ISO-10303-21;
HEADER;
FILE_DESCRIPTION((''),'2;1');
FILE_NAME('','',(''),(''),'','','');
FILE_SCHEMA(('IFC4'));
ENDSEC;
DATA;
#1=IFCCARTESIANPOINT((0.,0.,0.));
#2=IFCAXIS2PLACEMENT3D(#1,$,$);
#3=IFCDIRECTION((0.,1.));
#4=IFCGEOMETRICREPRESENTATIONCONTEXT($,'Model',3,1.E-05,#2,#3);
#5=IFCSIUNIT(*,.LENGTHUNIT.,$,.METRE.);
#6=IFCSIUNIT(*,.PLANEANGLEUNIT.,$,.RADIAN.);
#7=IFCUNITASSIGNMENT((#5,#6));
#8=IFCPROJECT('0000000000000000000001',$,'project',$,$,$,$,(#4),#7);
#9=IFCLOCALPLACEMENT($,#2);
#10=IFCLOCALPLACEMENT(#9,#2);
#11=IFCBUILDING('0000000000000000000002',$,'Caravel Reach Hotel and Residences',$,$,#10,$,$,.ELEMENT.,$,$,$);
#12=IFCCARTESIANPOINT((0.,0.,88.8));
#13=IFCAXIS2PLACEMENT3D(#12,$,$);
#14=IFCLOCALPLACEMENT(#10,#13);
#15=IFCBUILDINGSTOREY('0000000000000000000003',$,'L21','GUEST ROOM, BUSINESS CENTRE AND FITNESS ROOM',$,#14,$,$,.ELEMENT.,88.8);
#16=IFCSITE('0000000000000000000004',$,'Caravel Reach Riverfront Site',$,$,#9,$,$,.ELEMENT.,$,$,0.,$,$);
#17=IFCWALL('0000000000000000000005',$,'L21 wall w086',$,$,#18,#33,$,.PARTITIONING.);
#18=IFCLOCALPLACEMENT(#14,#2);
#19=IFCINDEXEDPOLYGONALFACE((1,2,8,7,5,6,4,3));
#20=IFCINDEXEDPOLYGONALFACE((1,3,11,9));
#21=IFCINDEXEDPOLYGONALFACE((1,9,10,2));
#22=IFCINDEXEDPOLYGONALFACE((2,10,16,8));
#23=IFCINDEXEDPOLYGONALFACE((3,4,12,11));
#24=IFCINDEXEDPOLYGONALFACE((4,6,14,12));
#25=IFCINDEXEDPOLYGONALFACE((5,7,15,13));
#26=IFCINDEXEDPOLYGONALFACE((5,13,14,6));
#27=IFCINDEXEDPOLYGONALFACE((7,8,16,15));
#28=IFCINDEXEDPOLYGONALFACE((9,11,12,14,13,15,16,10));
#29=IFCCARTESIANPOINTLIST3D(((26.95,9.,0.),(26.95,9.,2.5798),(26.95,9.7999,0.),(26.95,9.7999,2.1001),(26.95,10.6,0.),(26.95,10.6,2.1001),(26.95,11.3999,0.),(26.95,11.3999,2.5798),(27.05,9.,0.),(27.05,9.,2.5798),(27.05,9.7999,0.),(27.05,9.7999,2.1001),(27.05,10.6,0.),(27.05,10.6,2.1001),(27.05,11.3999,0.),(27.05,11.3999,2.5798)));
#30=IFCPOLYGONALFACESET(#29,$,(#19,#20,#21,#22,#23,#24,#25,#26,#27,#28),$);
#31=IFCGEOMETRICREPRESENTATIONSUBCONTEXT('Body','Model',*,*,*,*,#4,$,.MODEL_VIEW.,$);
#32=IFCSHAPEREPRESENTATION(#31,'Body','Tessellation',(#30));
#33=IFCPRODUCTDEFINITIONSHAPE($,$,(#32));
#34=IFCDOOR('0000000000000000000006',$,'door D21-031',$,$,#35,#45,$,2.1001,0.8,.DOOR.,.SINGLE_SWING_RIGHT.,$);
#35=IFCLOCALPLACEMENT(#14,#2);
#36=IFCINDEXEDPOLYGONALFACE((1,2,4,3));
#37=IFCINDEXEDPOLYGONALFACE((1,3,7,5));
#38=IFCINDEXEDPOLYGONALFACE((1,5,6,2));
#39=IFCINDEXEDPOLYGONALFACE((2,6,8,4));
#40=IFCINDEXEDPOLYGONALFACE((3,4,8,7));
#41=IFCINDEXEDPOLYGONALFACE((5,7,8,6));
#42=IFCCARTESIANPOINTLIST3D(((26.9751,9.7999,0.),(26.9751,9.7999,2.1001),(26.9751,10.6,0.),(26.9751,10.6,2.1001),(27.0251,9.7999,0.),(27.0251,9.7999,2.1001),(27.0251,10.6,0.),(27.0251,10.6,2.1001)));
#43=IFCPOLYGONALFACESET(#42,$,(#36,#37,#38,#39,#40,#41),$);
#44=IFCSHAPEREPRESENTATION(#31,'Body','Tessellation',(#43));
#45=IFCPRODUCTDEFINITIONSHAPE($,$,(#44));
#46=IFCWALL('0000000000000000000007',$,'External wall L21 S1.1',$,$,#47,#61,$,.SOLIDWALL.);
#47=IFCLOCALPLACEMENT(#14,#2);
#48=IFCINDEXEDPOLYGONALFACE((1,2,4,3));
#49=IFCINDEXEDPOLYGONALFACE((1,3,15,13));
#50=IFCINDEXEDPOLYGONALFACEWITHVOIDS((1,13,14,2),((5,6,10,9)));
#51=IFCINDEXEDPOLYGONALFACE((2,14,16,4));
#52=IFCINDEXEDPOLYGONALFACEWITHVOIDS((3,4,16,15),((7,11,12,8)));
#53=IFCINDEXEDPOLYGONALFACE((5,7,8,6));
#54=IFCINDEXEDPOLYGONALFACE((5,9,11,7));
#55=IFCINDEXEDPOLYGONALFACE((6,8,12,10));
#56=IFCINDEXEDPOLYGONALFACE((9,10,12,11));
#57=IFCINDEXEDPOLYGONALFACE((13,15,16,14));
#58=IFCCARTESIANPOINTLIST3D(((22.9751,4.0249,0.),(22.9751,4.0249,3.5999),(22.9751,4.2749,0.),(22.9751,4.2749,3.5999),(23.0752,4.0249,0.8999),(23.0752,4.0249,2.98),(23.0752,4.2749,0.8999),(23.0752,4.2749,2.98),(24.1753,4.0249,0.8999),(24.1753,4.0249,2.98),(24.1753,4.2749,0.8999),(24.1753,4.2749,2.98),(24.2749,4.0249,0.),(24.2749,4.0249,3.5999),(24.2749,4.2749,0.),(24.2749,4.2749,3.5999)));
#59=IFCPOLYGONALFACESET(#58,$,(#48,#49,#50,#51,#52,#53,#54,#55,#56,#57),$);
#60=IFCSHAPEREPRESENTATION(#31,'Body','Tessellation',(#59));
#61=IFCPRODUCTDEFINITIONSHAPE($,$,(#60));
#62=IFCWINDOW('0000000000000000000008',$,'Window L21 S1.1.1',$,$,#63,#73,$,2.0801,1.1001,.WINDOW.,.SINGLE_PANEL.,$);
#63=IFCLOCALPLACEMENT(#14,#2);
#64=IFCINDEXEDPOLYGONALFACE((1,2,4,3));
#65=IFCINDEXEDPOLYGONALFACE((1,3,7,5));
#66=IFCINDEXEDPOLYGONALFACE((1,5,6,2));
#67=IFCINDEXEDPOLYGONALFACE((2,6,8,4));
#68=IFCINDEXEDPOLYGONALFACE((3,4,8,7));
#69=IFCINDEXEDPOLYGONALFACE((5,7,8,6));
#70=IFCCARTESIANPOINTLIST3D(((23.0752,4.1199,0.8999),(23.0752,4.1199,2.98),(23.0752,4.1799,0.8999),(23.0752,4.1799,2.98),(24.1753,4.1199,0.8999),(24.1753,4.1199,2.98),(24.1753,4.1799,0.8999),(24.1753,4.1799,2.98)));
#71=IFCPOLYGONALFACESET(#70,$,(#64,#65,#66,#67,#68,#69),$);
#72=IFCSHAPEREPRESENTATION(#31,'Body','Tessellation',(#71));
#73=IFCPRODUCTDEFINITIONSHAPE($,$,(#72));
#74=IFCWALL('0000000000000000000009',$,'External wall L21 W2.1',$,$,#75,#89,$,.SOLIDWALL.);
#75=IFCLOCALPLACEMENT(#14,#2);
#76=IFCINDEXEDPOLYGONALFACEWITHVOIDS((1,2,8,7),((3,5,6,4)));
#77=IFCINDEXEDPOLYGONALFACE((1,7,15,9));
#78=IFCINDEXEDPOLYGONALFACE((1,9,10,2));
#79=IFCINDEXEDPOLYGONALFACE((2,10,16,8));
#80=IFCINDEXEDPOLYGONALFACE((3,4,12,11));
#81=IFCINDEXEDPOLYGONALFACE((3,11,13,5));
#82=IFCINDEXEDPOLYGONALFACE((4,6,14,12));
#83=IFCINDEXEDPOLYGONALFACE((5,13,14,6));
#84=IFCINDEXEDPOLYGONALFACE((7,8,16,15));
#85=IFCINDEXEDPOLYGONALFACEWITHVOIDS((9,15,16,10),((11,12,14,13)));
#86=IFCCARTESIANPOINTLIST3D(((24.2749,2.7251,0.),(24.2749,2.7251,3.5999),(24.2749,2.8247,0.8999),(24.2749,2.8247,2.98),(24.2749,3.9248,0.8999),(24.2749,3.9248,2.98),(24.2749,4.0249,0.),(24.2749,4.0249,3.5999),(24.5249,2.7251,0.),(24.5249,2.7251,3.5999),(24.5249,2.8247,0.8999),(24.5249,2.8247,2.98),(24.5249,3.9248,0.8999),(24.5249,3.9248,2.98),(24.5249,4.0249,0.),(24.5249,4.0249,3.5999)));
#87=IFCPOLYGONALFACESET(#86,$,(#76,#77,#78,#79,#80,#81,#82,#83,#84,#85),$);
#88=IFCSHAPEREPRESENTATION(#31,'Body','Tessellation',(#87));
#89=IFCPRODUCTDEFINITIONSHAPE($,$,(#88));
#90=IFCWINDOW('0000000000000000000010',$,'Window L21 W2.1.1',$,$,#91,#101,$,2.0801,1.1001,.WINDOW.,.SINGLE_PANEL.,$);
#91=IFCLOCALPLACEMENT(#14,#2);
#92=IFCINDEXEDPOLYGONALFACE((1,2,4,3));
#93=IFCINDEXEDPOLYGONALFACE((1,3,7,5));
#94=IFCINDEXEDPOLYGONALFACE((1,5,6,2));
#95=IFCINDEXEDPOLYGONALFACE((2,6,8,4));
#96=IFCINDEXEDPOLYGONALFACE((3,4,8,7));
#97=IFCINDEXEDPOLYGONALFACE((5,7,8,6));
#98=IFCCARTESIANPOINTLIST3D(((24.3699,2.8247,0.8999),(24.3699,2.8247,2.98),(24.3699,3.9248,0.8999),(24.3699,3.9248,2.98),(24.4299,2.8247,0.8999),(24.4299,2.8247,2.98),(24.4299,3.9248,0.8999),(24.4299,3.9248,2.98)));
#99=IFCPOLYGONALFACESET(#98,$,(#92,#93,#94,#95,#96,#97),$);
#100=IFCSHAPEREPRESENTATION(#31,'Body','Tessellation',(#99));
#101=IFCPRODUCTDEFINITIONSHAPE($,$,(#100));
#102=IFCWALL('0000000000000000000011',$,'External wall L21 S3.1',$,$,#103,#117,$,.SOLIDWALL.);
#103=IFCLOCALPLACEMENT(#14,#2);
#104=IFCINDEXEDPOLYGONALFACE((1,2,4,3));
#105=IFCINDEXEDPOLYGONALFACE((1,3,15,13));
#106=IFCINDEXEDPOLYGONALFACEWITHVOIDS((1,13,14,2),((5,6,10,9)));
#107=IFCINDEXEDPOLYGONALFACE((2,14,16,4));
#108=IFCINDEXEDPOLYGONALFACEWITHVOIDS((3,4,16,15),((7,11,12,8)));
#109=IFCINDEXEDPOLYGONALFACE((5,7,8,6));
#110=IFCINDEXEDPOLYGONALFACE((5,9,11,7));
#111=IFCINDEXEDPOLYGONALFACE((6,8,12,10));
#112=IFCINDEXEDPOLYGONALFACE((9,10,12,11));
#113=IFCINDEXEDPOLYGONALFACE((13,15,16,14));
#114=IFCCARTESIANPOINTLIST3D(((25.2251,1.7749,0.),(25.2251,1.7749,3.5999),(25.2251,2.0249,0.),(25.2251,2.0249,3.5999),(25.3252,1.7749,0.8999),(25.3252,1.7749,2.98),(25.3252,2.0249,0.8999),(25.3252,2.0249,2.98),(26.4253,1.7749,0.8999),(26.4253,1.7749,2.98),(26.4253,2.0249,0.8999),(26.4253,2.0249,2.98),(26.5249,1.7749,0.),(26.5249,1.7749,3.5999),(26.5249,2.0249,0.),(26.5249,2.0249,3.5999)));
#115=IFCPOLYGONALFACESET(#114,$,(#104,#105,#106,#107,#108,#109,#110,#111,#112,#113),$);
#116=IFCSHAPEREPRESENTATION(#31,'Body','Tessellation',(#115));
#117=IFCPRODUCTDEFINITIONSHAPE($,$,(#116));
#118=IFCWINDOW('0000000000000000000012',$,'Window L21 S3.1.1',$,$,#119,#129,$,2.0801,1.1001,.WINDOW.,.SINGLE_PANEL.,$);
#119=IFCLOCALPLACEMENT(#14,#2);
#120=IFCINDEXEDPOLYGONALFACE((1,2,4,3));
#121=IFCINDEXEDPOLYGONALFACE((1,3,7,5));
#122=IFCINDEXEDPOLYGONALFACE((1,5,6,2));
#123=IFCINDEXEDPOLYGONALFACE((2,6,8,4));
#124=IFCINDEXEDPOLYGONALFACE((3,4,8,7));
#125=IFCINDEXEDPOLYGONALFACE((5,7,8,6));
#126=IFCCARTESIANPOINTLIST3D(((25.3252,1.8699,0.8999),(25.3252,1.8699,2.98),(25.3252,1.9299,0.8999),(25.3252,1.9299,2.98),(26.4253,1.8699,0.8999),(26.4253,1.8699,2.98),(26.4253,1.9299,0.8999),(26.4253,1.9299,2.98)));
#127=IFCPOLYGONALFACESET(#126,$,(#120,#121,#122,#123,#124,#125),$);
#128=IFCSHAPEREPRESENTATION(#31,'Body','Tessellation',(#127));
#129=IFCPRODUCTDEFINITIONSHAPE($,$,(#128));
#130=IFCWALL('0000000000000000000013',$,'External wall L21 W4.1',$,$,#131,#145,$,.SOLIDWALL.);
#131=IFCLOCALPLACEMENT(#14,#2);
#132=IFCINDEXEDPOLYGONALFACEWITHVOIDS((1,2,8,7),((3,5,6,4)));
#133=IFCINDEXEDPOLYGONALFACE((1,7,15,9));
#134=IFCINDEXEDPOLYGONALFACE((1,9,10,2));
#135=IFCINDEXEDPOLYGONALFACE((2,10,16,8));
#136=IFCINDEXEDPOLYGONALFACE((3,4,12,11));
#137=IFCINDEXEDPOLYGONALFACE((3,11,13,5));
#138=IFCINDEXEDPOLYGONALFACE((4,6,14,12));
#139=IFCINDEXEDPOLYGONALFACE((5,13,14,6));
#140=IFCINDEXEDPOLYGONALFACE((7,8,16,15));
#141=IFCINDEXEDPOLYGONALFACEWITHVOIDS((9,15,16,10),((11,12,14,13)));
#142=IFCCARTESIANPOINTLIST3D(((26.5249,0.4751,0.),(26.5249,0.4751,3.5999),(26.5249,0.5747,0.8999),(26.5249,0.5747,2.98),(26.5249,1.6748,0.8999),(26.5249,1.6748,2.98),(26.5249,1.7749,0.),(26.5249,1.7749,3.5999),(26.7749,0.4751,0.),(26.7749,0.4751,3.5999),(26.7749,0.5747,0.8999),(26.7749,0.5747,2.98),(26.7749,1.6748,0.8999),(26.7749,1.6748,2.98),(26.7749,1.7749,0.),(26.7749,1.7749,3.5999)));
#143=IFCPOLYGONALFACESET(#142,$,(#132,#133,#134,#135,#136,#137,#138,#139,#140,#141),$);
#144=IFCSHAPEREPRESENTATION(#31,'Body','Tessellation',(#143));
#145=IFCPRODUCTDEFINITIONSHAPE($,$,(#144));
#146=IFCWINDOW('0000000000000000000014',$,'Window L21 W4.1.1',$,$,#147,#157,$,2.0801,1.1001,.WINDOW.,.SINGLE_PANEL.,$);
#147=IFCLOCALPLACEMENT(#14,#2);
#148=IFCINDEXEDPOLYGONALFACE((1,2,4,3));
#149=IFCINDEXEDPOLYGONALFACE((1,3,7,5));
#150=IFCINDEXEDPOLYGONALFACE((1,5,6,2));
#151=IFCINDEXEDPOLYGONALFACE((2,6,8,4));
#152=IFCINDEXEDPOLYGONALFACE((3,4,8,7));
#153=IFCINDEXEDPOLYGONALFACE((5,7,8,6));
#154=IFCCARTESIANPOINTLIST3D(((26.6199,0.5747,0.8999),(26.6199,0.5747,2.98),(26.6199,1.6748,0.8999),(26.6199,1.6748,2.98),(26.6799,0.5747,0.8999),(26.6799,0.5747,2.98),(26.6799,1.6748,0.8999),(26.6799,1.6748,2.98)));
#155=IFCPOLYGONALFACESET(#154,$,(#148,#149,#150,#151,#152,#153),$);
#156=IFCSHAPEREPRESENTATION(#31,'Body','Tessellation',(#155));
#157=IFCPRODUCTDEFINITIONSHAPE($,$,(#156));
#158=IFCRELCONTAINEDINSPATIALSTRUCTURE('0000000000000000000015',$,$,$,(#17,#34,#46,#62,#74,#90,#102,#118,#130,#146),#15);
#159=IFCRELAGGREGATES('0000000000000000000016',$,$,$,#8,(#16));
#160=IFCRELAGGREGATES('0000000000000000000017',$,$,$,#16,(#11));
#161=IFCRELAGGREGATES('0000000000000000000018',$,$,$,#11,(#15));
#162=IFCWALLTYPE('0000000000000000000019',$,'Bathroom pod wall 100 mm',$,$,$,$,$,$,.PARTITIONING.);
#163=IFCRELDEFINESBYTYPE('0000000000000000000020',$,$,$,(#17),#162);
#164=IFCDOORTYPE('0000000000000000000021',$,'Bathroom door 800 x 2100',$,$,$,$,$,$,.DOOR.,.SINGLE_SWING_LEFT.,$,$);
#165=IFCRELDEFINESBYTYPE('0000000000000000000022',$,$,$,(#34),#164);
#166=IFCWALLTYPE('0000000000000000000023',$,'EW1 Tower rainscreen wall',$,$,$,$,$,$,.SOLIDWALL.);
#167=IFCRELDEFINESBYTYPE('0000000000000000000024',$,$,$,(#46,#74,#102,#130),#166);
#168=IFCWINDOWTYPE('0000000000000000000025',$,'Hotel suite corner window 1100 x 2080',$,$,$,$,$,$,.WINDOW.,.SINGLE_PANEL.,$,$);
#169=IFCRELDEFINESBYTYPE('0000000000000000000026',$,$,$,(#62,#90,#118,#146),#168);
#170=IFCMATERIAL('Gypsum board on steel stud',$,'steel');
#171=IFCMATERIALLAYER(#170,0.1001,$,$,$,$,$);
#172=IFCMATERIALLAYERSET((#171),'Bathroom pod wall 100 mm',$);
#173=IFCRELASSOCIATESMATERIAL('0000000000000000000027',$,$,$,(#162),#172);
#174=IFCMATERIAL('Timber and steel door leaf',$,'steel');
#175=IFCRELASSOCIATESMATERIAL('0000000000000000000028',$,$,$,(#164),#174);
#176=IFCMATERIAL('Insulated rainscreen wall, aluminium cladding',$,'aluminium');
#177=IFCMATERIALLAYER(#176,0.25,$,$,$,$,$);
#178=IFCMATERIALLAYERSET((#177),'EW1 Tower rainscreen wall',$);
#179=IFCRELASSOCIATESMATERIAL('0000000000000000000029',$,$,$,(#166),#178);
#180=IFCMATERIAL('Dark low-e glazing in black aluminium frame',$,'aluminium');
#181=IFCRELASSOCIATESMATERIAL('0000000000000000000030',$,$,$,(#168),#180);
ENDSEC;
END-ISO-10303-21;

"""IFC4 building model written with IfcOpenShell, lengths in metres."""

from ifc_helpers import new_model, si_unit, direction, frame, frame_2d, origin, place, context, subcontext, project, spatial, rectangle, extrude, material, layer, layer_set, type_object, element, fill, save


model = new_model("IFC4")

# Units and contexts
model_context = context("Model", 3, precision=1e-05, world=origin(), true_north=direction((0.0, 1.0)))
body_context = subcontext(model_context, "Body", "Model", "MODEL_VIEW")
ifc_project = project(units=[si_unit("LENGTHUNIT", "METRE"), si_unit("PLANEANGLEUNIT", "RADIAN")], contexts=[model_context])

# Site, building, storey
site_placement = place(None, origin())
site = spatial("IfcSite", under=ifc_project, at=site_placement, Name="Caravel Reach Riverfront Site", CompositionType="ELEMENT", RefElevation=0.0)
building_placement = place(site_placement, origin())
building = spatial("IfcBuilding", under=site, at=building_placement, Name="Caravel Reach Hotel and Residences", CompositionType="ELEMENT")
storey_placement = place(building_placement, frame((0.0, 0.0, 88.8)))
storey = spatial("IfcBuildingStorey", under=building, at=storey_placement, Name="L21", Description="GUEST ROOM, BUSINESS CENTRE AND FITNESS ROOM", CompositionType="ELEMENT", Elevation=88.8)

# Shared definitions
ifc_material_1 = material(Name="Gypsum board on steel stud", Category="steel")
ifc_layer_1 = layer(ifc_material_1, 0.1001)
ifc_layer_set_1 = layer_set([ifc_layer_1], Name="Bathroom pod wall 100 mm")
wall_type_1 = type_object("IfcWallType", Name="Bathroom pod wall 100 mm", PredefinedType="PARTITIONING", material=ifc_layer_set_1)

# Wall, opening, door
wall_1_placement = place(storey_placement, frame((27.0, 9.0, 0.0), z_axis=(0.0, 0.0, 1.0), x_axis=(0.0, 1.0, 0.0)))
wall_1 = element("IfcWall", 1, at=wall_1_placement, inside=storey, type_object=wall_type_1, Name="L21 wall w086", PredefinedType="PARTITIONING", context=body_context, shape_type="SweptSolid", body=[
    extrude(rectangle(XDim=2.3999, YDim=0.1001, at=frame_2d((1.2, 0.0))), origin(), (0.0, 0.0, 1.0), 2.5798),
])
opening_1_placement = place(wall_1_placement, frame((0.8, 0.0, 0.0)))
opening_1 = element("IfcOpeningElement", 2, at=opening_1_placement, cuts=wall_1, PredefinedType="OPENING", context=body_context, shape_type="SweptSolid", body=[
    extrude(rectangle(XDim=0.8, YDim=2.1001, at=frame_2d((0.3999, 1.05))), frame((0.0, 0.0601, 0.0), z_axis=(0.0, -1.0, 0.0), x_axis=(1.0, 0.0, 0.0)), (0.0, 0.0, 1.0), 0.1201),
])
ifc_material_2 = material(Name="Timber and steel door leaf", Category="steel")
door_type = type_object("IfcDoorType", Name="Bathroom door 800 x 2100", OperationType="SINGLE_SWING_LEFT", PredefinedType="DOOR", material=ifc_material_2)
door_placement = place(opening_1_placement, origin())
door = element("IfcDoor", 3, at=door_placement, inside=storey, type_object=door_type, Name="door D21-031", OperationType="SINGLE_SWING_RIGHT", OverallHeight=2.1001, OverallWidth=0.8, PredefinedType="DOOR", context=body_context, shape_type="SweptSolid", body=[
    extrude(rectangle(XDim=0.8, YDim=2.1001, at=frame_2d((0.3999, 1.05))), frame((0.0, 0.0249, 0.0), z_axis=(0.0, -1.0, 0.0), x_axis=(1.0, 0.0, 0.0)), (0.0, 0.0, 1.0), 0.05),
])
fill(opening_1, door)

# Walls, openings, windows
ifc_material_3 = material(Name="Insulated rainscreen wall, aluminium cladding", Category="aluminium")
ifc_layer_2 = layer(ifc_material_3, 0.25)
ifc_layer_set_2 = layer_set([ifc_layer_2], Name="EW1 Tower rainscreen wall")
wall_type_2 = type_object("IfcWallType", Name="EW1 Tower rainscreen wall", PredefinedType="SOLIDWALL", material=ifc_layer_set_2)
wall_2_placement = place(storey_placement, frame((22.9751, 4.1499, 0.0), z_axis=(0.0, 0.0, 1.0), x_axis=(1.0, 0.0, 0.0)))
wall_2 = element("IfcWall", 4, at=wall_2_placement, inside=storey, type_object=wall_type_2, Name="External wall L21 S1.1", PredefinedType="SOLIDWALL", context=body_context, shape_type="SweptSolid", body=[
    extrude(rectangle(XDim=1.2998, YDim=0.25, at=frame_2d((0.6499, 0.0))), origin(), (0.0, 0.0, 1.0), 3.5999),
])
opening_2_placement = place(wall_2_placement, frame((0.1001, 0.0, 0.8999)))
opening_2 = element("IfcOpeningElement", 5, at=opening_2_placement, cuts=wall_2, PredefinedType="OPENING", context=body_context, shape_type="SweptSolid", body=[
    extrude(rectangle(XDim=1.1001, YDim=2.0801, at=frame_2d((0.55, 1.04))), frame((0.0, 0.135, 0.0), z_axis=(0.0, -1.0, 0.0), x_axis=(1.0, 0.0, 0.0)), (0.0, 0.0, 1.0), 0.27),
])
ifc_material_4 = material(Name="Dark low-e glazing in black aluminium frame", Category="aluminium")
window_type_1 = type_object("IfcWindowType", Name="Hotel suite corner window 1100 x 2080", PartitioningType="SINGLE_PANEL", PredefinedType="WINDOW", material=ifc_material_4)
window_1_placement = place(opening_2_placement, origin())
window_1 = element("IfcWindow", 6, at=window_1_placement, inside=storey, type_object=window_type_1, Name="Window L21 S1.1.1", OverallHeight=2.0801, OverallWidth=1.1001, PartitioningType="SINGLE_PANEL", PredefinedType="WINDOW", context=body_context, shape_type="SweptSolid", body=[
    extrude(rectangle(XDim=1.1001, YDim=2.0801, at=frame_2d((0.55, 1.04))), frame((0.0, 0.03, 0.0), z_axis=(0.0, -1.0, 0.0), x_axis=(1.0, 0.0, 0.0)), (0.0, 0.0, 1.0), 0.0601),
])
fill(opening_2, window_1)
wall_3_placement = place(storey_placement, frame((24.3999, 4.0249, 0.0), z_axis=(0.0, 0.0, 1.0), x_axis=(0.0, -1.0, 0.0)))
wall_3 = element("IfcWall", 7, at=wall_3_placement, inside=storey, type_object=wall_type_2, Name="External wall L21 W2.1", PredefinedType="SOLIDWALL", context=body_context, shape_type="SweptSolid", body=[
    extrude(rectangle(XDim=1.2998, YDim=0.25, at=frame_2d((0.6499, 0.0))), origin(), (0.0, 0.0, 1.0), 3.5999),
])
opening_3_placement = place(wall_3_placement, frame((0.1001, 0.0, 0.8999)))
opening_3 = element("IfcOpeningElement", 8, at=opening_3_placement, cuts=wall_3, PredefinedType="OPENING", context=body_context, shape_type="SweptSolid", body=[
    extrude(rectangle(XDim=1.1001, YDim=2.0801, at=frame_2d((0.55, 1.04))), frame((0.0, 0.135, 0.0), z_axis=(0.0, -1.0, 0.0), x_axis=(1.0, 0.0, 0.0)), (0.0, 0.0, 1.0), 0.27),
])
window_2_placement = place(opening_3_placement, origin())
window_2 = element("IfcWindow", 9, at=window_2_placement, inside=storey, type_object=window_type_1, Name="Window L21 W2.1.1", OverallHeight=2.0801, OverallWidth=1.1001, PartitioningType="SINGLE_PANEL", PredefinedType="WINDOW", context=body_context, shape_type="SweptSolid", body=[
    extrude(rectangle(XDim=1.1001, YDim=2.0801, at=frame_2d((0.55, 1.04))), frame((0.0, 0.03, 0.0), z_axis=(0.0, -1.0, 0.0), x_axis=(1.0, 0.0, 0.0)), (0.0, 0.0, 1.0), 0.0601),
])
fill(opening_3, window_2)
wall_4_placement = place(storey_placement, frame((25.2251, 1.8999, 0.0), z_axis=(0.0, 0.0, 1.0), x_axis=(1.0, 0.0, 0.0)))
wall_4 = element("IfcWall", 10, at=wall_4_placement, inside=storey, type_object=wall_type_2, Name="External wall L21 S3.1", PredefinedType="SOLIDWALL", context=body_context, shape_type="SweptSolid", body=[
    extrude(rectangle(XDim=1.2998, YDim=0.25, at=frame_2d((0.6499, 0.0))), origin(), (0.0, 0.0, 1.0), 3.5999),
])
opening_4_placement = place(wall_4_placement, frame((0.1001, 0.0, 0.8999)))
opening_4 = element("IfcOpeningElement", 11, at=opening_4_placement, cuts=wall_4, PredefinedType="OPENING", context=body_context, shape_type="SweptSolid", body=[
    extrude(rectangle(XDim=1.1001, YDim=2.0801, at=frame_2d((0.55, 1.04))), frame((0.0, 0.135, 0.0), z_axis=(0.0, -1.0, 0.0), x_axis=(1.0, 0.0, 0.0)), (0.0, 0.0, 1.0), 0.27),
])
window_3_placement = place(opening_4_placement, origin())
window_3 = element("IfcWindow", 12, at=window_3_placement, inside=storey, type_object=window_type_1, Name="Window L21 S3.1.1", OverallHeight=2.0801, OverallWidth=1.1001, PartitioningType="SINGLE_PANEL", PredefinedType="WINDOW", context=body_context, shape_type="SweptSolid", body=[
    extrude(rectangle(XDim=1.1001, YDim=2.0801, at=frame_2d((0.55, 1.04))), frame((0.0, 0.03, 0.0), z_axis=(0.0, -1.0, 0.0), x_axis=(1.0, 0.0, 0.0)), (0.0, 0.0, 1.0), 0.0601),
])
fill(opening_4, window_3)
wall_5_placement = place(storey_placement, frame((26.6499, 1.7749, 0.0), z_axis=(0.0, 0.0, 1.0), x_axis=(0.0, -1.0, 0.0)))
wall_5 = element("IfcWall", 13, at=wall_5_placement, inside=storey, type_object=wall_type_2, Name="External wall L21 W4.1", PredefinedType="SOLIDWALL", context=body_context, shape_type="SweptSolid", body=[
    extrude(rectangle(XDim=1.2998, YDim=0.25, at=frame_2d((0.6499, 0.0))), origin(), (0.0, 0.0, 1.0), 3.5999),
])
opening_5_placement = place(wall_5_placement, frame((0.1001, 0.0, 0.8999)))
opening_5 = element("IfcOpeningElement", 14, at=opening_5_placement, cuts=wall_5, PredefinedType="OPENING", context=body_context, shape_type="SweptSolid", body=[
    extrude(rectangle(XDim=1.1001, YDim=2.0801, at=frame_2d((0.55, 1.04))), frame((0.0, 0.135, 0.0), z_axis=(0.0, -1.0, 0.0), x_axis=(1.0, 0.0, 0.0)), (0.0, 0.0, 1.0), 0.27),
])
window_4_placement = place(opening_5_placement, origin())
window_4 = element("IfcWindow", 15, at=window_4_placement, inside=storey, type_object=window_type_1, Name="Window L21 W4.1.1", OverallHeight=2.0801, OverallWidth=1.1001, PartitioningType="SINGLE_PANEL", PredefinedType="WINDOW", context=body_context, shape_type="SweptSolid", body=[
    extrude(rectangle(XDim=1.1001, YDim=2.0801, at=frame_2d((0.55, 1.04))), frame((0.0, 0.03, 0.0), z_axis=(0.0, -1.0, 0.0), x_axis=(1.0, 0.0, 0.0)), (0.0, 0.0, 1.0), 0.0601),
])
fill(opening_5, window_4)

save(model, "model.ifc")
